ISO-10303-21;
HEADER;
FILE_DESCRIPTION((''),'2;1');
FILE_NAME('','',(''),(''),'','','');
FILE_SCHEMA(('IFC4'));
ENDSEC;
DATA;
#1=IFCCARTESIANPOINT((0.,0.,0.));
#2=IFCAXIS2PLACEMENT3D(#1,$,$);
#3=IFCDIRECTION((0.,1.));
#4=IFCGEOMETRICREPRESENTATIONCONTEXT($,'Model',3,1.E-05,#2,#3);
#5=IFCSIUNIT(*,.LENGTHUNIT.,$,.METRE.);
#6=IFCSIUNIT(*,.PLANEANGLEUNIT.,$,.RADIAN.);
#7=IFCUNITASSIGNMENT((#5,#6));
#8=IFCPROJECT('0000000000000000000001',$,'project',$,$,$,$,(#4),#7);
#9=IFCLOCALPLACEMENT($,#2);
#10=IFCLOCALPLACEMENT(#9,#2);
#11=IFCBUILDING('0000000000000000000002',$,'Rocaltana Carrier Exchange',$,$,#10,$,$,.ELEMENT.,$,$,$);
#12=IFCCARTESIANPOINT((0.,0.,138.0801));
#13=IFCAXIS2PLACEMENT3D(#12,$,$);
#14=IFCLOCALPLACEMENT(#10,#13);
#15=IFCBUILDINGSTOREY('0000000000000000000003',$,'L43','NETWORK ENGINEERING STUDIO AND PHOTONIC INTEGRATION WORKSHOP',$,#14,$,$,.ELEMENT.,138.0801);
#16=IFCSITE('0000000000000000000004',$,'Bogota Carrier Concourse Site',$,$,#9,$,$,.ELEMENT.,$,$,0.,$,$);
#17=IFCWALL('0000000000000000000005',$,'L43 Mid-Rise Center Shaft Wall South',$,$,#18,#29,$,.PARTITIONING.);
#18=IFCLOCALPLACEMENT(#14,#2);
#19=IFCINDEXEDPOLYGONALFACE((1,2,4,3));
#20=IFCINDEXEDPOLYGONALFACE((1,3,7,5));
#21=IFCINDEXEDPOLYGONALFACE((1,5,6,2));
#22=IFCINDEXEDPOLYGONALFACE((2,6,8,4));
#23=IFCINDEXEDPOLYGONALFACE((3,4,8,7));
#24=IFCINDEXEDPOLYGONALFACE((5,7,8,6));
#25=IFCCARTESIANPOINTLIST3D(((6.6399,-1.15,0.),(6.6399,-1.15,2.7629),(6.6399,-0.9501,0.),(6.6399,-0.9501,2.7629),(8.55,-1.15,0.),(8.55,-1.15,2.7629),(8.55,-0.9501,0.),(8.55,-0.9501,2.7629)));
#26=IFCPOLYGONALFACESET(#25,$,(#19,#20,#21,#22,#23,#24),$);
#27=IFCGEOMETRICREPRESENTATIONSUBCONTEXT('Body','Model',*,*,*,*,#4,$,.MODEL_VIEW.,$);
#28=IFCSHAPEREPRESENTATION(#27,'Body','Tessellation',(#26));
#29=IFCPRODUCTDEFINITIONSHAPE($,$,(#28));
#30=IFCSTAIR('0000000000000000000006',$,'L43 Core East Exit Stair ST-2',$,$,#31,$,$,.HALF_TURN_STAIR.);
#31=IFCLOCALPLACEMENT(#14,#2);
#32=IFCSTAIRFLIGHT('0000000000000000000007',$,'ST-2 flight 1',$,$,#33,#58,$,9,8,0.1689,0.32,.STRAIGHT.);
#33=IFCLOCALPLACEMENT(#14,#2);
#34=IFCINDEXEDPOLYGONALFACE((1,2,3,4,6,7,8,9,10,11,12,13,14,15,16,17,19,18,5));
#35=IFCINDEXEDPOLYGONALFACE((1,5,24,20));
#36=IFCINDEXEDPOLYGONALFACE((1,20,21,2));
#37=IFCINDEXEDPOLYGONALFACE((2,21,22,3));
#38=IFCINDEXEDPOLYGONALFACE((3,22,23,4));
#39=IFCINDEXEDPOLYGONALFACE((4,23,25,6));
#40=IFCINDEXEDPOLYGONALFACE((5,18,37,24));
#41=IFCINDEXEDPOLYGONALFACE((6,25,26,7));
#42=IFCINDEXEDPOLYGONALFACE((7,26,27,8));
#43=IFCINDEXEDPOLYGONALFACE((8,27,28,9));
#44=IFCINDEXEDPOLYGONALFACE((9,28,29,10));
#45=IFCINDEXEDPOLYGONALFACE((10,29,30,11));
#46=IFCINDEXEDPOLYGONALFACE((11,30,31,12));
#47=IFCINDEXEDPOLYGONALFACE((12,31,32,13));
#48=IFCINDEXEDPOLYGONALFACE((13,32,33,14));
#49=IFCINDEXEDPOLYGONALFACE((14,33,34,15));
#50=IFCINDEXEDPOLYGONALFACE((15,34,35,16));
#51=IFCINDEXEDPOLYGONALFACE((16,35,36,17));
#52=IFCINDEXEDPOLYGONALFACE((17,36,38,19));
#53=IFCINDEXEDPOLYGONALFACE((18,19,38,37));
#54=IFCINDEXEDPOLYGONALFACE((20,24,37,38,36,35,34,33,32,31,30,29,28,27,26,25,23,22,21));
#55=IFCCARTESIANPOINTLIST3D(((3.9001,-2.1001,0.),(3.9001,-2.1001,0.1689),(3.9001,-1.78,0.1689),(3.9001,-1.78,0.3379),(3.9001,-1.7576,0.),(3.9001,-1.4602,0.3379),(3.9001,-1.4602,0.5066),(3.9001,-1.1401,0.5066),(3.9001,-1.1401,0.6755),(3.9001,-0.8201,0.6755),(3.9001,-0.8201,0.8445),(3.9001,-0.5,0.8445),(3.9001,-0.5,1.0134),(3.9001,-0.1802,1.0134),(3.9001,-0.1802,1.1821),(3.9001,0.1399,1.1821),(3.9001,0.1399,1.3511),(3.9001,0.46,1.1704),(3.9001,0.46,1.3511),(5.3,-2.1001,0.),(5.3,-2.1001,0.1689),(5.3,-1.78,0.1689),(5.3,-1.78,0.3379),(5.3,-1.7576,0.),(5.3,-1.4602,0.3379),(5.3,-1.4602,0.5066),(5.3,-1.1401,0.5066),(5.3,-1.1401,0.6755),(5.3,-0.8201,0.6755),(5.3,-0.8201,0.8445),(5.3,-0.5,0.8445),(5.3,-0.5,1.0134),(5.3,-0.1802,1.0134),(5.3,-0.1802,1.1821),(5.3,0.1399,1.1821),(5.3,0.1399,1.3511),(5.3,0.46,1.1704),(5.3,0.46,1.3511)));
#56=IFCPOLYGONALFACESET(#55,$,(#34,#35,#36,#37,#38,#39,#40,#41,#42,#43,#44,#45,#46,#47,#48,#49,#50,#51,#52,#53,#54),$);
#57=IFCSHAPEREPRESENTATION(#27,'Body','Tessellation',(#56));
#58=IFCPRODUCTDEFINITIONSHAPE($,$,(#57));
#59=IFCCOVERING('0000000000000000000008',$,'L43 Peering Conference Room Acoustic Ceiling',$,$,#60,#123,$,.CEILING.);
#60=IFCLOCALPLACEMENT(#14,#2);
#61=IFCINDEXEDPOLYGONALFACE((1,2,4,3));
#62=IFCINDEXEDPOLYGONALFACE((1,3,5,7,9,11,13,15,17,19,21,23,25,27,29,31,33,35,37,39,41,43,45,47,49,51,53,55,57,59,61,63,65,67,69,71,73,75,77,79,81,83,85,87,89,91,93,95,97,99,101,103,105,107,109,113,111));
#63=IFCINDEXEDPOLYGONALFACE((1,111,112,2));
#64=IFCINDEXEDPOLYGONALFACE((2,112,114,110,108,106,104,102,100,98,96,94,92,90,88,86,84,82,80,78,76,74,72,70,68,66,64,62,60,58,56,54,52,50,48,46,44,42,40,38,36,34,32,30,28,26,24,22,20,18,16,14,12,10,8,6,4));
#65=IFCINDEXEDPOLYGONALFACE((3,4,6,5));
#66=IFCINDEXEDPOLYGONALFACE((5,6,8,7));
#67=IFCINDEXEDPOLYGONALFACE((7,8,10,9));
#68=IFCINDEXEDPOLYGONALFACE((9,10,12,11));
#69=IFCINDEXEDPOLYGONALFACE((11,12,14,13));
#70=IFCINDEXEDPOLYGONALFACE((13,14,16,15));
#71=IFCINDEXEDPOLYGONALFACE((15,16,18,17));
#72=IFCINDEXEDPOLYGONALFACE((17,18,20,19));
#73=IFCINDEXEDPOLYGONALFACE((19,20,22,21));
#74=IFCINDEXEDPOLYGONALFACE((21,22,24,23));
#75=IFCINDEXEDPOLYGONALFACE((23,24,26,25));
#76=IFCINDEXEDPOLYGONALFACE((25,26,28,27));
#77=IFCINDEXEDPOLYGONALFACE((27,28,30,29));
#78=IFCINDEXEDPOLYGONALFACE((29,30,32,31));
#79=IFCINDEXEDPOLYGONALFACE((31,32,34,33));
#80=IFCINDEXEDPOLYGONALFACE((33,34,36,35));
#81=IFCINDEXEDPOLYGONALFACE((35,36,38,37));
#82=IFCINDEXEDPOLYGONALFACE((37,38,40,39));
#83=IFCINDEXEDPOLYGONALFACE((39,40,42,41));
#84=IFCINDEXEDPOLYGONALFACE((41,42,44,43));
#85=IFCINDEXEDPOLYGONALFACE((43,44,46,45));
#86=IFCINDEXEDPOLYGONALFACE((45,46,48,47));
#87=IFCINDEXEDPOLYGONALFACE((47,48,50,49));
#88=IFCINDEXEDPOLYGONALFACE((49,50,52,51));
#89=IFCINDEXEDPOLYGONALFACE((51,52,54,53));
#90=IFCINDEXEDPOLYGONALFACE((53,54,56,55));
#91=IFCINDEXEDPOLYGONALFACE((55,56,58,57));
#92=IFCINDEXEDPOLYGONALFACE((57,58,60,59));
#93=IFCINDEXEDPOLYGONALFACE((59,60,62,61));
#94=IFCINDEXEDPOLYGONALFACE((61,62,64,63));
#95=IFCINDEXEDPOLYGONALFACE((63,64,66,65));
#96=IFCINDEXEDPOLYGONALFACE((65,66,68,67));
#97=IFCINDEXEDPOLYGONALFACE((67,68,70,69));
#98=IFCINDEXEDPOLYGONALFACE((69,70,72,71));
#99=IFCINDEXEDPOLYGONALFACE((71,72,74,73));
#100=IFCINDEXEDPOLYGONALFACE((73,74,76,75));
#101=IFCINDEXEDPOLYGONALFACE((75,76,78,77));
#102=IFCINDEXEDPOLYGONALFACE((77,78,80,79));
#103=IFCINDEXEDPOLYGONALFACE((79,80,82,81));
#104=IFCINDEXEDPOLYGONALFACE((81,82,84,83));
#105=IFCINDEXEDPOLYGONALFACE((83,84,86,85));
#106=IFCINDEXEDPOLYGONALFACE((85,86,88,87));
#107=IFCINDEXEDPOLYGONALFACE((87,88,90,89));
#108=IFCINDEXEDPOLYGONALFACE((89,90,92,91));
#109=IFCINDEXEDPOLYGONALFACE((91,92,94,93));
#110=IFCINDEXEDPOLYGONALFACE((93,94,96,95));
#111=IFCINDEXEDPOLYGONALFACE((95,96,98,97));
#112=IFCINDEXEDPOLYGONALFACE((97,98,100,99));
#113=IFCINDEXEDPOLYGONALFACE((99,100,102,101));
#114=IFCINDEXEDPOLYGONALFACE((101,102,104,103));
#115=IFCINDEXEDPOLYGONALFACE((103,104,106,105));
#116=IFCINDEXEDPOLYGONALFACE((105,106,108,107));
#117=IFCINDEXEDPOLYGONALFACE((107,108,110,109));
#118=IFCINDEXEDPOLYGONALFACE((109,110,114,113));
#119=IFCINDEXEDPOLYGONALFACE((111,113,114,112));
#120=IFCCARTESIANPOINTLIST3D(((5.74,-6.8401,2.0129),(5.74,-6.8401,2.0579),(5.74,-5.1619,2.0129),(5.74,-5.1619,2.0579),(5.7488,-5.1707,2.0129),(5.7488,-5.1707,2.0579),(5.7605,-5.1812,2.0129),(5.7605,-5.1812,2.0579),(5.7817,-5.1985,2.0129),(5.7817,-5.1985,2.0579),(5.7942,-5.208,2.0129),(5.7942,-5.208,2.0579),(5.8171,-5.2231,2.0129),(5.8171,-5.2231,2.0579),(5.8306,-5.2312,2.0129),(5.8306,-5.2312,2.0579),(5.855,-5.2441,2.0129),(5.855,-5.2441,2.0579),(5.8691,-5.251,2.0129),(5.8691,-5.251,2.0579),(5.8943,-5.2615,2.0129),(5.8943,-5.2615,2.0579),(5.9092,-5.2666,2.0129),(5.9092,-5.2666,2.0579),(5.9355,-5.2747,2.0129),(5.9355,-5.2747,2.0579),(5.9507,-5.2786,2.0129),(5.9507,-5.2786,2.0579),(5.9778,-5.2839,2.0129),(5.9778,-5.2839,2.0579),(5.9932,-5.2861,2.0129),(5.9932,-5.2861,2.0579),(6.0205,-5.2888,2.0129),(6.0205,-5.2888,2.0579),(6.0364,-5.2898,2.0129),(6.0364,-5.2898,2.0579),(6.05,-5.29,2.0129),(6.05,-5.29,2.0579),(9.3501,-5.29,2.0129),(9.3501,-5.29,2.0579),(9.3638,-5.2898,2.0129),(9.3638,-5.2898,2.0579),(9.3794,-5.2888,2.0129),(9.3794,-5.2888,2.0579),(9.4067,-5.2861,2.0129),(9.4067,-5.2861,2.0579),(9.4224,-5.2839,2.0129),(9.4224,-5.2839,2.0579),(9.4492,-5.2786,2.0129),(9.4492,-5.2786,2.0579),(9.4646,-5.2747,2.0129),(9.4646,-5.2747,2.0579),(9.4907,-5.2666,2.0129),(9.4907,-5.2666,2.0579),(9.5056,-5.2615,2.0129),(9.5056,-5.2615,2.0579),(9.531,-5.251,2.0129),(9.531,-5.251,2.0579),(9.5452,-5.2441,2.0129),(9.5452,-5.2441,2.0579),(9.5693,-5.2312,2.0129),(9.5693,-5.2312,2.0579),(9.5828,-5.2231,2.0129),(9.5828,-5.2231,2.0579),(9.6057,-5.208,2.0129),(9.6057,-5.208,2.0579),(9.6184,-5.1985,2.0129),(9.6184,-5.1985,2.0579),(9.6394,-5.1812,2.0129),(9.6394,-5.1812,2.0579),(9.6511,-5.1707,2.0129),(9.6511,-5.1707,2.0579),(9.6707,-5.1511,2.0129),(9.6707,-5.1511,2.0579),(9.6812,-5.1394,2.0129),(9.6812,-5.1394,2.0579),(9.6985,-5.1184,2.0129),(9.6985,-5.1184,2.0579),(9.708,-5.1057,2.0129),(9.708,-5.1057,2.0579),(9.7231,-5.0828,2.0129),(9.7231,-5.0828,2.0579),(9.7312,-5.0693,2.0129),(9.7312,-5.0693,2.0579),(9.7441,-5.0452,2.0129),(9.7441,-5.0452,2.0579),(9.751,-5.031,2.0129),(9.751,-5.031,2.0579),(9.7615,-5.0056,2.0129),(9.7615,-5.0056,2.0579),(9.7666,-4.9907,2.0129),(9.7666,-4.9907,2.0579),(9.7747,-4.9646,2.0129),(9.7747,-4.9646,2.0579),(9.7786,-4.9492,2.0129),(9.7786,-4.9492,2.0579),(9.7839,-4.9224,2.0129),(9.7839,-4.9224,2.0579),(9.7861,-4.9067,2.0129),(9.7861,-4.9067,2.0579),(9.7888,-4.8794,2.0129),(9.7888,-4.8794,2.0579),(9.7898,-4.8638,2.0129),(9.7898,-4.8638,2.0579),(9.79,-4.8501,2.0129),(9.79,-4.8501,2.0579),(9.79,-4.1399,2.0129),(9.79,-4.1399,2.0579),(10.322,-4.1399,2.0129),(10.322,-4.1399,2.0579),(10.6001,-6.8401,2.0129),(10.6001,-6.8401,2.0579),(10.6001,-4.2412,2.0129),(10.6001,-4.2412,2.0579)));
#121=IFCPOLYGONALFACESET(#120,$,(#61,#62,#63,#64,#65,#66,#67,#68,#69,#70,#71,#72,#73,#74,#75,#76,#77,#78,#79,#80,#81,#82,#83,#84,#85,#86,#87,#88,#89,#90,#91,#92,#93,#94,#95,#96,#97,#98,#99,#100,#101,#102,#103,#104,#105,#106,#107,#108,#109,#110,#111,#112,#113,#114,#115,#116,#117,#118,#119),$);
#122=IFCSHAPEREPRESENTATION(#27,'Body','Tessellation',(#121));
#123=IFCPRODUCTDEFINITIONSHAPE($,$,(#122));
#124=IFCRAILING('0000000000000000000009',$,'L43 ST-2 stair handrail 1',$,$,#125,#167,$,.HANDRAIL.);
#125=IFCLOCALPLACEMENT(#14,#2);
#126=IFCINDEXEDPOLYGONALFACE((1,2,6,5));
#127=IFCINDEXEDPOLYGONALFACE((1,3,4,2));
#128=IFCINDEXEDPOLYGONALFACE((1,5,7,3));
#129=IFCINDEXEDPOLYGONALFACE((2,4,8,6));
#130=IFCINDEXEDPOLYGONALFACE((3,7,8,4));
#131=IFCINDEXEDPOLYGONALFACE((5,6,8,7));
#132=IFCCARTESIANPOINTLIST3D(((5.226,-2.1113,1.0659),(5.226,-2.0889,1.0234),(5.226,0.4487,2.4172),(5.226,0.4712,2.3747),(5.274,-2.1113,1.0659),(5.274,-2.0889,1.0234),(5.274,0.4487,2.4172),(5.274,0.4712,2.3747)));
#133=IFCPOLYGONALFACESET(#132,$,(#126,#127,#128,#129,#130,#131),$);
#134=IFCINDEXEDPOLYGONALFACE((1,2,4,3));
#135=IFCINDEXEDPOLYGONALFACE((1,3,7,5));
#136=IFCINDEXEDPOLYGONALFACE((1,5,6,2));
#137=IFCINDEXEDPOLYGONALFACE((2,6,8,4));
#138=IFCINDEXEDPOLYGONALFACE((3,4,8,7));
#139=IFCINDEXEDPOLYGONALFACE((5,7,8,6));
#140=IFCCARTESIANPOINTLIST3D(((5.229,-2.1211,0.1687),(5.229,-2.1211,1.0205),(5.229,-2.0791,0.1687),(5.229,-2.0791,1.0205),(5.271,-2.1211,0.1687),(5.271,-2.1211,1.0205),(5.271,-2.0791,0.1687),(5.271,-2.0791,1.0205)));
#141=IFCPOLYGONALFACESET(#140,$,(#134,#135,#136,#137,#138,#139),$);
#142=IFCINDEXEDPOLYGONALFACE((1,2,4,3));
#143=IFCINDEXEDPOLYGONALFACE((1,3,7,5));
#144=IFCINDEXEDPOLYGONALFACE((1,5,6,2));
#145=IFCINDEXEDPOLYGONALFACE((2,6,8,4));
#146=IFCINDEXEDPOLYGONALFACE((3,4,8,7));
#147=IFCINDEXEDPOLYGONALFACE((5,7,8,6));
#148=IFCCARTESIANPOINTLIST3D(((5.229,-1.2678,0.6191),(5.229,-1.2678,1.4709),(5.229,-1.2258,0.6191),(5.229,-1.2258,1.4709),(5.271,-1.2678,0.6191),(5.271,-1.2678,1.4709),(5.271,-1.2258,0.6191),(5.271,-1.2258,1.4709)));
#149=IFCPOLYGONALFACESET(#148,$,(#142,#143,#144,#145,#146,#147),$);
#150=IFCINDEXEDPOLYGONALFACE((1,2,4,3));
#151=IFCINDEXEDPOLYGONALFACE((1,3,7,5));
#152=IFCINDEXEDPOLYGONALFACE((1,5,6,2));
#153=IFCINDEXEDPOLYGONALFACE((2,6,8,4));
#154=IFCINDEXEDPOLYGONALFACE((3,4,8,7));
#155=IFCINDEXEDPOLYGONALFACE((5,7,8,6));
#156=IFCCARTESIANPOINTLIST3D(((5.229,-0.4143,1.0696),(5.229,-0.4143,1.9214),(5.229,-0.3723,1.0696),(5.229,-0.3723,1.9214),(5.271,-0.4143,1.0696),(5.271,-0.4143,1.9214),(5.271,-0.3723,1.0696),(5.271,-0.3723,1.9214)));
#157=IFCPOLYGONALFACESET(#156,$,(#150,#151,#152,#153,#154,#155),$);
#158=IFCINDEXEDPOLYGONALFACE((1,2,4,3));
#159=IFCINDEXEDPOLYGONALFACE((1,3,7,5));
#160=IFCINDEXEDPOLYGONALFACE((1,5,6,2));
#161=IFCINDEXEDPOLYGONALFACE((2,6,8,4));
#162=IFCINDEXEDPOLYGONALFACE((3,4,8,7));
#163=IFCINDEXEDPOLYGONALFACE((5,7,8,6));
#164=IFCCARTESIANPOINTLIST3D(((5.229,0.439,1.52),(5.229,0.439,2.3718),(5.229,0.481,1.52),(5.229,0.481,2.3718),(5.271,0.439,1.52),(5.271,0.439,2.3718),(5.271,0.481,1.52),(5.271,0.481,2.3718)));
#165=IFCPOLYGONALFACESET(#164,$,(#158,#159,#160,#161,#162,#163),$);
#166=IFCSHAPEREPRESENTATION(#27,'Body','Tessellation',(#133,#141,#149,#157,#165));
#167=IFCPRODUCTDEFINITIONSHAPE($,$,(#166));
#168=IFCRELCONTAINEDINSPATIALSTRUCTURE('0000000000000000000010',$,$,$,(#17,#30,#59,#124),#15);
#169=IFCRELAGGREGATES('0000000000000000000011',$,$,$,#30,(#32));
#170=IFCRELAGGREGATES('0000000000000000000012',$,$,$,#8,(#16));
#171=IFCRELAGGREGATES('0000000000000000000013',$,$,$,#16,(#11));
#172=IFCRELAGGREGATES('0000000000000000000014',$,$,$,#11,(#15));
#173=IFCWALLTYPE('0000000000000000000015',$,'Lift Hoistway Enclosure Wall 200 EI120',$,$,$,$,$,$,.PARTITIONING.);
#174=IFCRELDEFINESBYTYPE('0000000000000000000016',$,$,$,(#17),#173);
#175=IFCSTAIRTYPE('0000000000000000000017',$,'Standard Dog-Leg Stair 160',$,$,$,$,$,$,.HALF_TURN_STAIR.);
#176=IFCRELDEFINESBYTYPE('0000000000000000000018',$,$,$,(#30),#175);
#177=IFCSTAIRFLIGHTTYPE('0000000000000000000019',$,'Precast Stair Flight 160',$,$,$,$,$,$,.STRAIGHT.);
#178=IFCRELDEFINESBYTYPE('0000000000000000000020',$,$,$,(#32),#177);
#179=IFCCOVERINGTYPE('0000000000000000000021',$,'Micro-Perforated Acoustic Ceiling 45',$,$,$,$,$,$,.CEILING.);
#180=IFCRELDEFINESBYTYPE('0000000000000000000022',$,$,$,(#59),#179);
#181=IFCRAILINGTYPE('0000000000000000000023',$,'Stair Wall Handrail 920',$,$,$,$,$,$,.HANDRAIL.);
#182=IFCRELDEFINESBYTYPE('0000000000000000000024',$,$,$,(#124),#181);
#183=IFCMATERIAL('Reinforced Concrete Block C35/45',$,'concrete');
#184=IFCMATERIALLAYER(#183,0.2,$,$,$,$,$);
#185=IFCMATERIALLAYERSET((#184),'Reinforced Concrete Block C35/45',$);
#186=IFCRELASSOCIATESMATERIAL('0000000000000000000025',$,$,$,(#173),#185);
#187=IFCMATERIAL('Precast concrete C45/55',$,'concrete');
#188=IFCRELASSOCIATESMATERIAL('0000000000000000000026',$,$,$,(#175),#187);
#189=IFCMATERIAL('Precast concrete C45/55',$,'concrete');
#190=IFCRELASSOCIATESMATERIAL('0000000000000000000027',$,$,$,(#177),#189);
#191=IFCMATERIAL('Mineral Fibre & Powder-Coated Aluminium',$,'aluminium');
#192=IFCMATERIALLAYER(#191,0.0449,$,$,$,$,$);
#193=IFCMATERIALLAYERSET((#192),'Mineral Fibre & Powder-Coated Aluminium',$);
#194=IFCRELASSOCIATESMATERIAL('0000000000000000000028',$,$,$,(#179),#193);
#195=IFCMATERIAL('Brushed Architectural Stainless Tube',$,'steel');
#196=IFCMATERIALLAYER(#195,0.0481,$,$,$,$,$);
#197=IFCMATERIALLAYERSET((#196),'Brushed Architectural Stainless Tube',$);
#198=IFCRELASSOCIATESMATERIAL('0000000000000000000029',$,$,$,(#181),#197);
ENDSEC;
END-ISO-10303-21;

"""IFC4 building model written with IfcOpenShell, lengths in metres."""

from ifc_helpers import new_model, si_unit, direction, frame, frame_2d, origin, origin_2d, place, context, subcontext, project, spatial, polyline, rectangle, outline, extrude, material, layer, layer_set, type_object, element, aggregate, save


model = new_model("IFC4")

# Units and contexts
model_context = context("Model", 3, precision=1e-05, world=origin(), true_north=direction((0.0, 1.0)))
body_context = subcontext(model_context, "Body", "Model", "MODEL_VIEW")
ifc_project = project(units=[si_unit("LENGTHUNIT", "METRE"), si_unit("PLANEANGLEUNIT", "RADIAN")], contexts=[model_context])

# Site, building, storey
site_placement = place(None, origin())
site = spatial("IfcSite", under=ifc_project, at=site_placement, Name="Bogota Carrier Concourse Site", CompositionType="ELEMENT", RefElevation=0.0)
building_placement = place(site_placement, origin())
building = spatial("IfcBuilding", under=site, at=building_placement, Name="Rocaltana Carrier Exchange", CompositionType="ELEMENT")
storey_placement = place(building_placement, frame((0.0, 0.0, 138.0801)))
storey = spatial("IfcBuildingStorey", under=building, at=storey_placement, Name="L43", Description="NETWORK ENGINEERING STUDIO AND PHOTONIC INTEGRATION WORKSHOP", CompositionType="ELEMENT", Elevation=138.0801)

# Wall
ifc_material_1 = material(Name="Reinforced Concrete Block C35/45", Category="concrete")
ifc_layer_1 = layer(ifc_material_1, 0.2)
ifc_layer_set_1 = layer_set([ifc_layer_1], Name="Reinforced Concrete Block C35/45")
wall_type_1 = type_object("IfcWallType", Name="Lift Hoistway Enclosure Wall 200 EI120", PredefinedType="PARTITIONING", material=ifc_layer_set_1)
wall_1_placement = place(storey_placement, frame((6.6399, -1.05, 0.0), z_axis=(0.0, 0.0, 1.0), x_axis=(1.0, 0.0, 0.0)))
element("IfcWall", 1, at=wall_1_placement, inside=storey, type_object=wall_type_1, Name="L43 Mid-Rise Center Shaft Wall South", PredefinedType="PARTITIONING", context=body_context, shape_type="SweptSolid", body=[
    extrude(rectangle(XDim=1.9102, YDim=0.2, at=frame_2d((0.9551, 0.0))), origin(), (0.0, 0.0, 1.0), 2.7629),
])

# Stair, stair flight
ifc_material_2 = material(Name="Precast concrete C45/55", Category="concrete")
stair_type = type_object("IfcStairType", Name="Standard Dog-Leg Stair 160", PredefinedType="HALF_TURN_STAIR", material=ifc_material_2)
stair_placement = place(storey_placement, origin())
stair = element("IfcStair", 2, at=stair_placement, inside=storey, type_object=stair_type, Name="L43 Core East Exit Stair ST-2", PredefinedType="HALF_TURN_STAIR")
ifc_material_3 = material(Name="Precast concrete C45/55", Category="concrete")
stair_flight_type = type_object("IfcStairFlightType", Name="Precast Stair Flight 160", PredefinedType="STRAIGHT", material=ifc_material_3)
stair_flight_placement = place(storey_placement, frame((4.6001, -2.1001, 0.0), z_axis=(0.0, 0.0, 1.0), x_axis=(0.0, 1.0, 0.0)))
stair_flight = element("IfcStairFlight", 3, at=stair_flight_placement, type_object=stair_flight_type, Name="ST-2 flight 1", NumberOfRisers=9, NumberOfTreads=8, PredefinedType="STRAIGHT", RiserHeight=0.1689, TreadLength=0.32, context=body_context, shape_type="SweptSolid", body=[
    extrude(outline(polyline([(0.0, 0.0), (0.0, 0.1689), (0.3201, 0.1689), (0.3201, 0.3379), (0.6399, 0.3379), (0.6399, 0.5066), (0.96, 0.5066), (0.96, 0.6755), (1.28, 0.6755), (1.28, 0.8445), (1.6001, 0.8445), (1.6001, 1.0134), (1.9199, 1.0134), (1.9199, 1.1821), (2.24, 1.1821), (2.24, 1.3511), (2.5601, 1.3511), (2.5601, 1.52), (2.5601, 1.1704), (0.3425, 0.0), (0.0, 0.0)])), frame((0.0, 0.7, 0.0), z_axis=(0.0, -1.0, 0.0), x_axis=(1.0, 0.0, 0.0)), (0.0, 0.0, 1.0), 1.3999),
])
aggregate(stair, [stair_flight])

# Covering
ifc_material_4 = material(Name="Mineral Fibre & Powder-Coated Aluminium", Category="aluminium")
ifc_layer_2 = layer(ifc_material_4, 0.0449)
ifc_layer_set_2 = layer_set([ifc_layer_2], Name="Mineral Fibre & Powder-Coated Aluminium")
covering_type = type_object("IfcCoveringType", Name="Micro-Perforated Acoustic Ceiling 45", PredefinedType="CEILING", material=ifc_layer_set_2)
covering_placement = place(storey_placement, frame((0.0, 0.0, 2.0129)))
element("IfcCovering", 4, at=covering_placement, inside=storey, type_object=covering_type, Name="L43 Peering Conference Room Acoustic Ceiling", PredefinedType="CEILING", context=body_context, shape_type="SweptSolid", body=[
    extrude(outline(polyline([(5.74, -6.8401), (5.74, -5.1619), (5.7488, -5.1707), (5.7605, -5.1812), (5.7817, -5.1985), (5.7942, -5.208), (5.8171, -5.2231), (5.8306, -5.2312), (5.855, -5.2441), (5.8691, -5.251), (5.8943, -5.2615), (5.9092, -5.2666), (5.9355, -5.2747), (5.9507, -5.2786), (5.9778, -5.2839), (5.9932, -5.2861), (6.0205, -5.2888), (6.0364, -5.2898), (6.05, -5.29), (9.3501, -5.29), (9.3638, -5.2898), (9.3794, -5.2888), (9.4067, -5.2861), (9.4224, -5.2839), (9.4492, -5.2786), (9.4646, -5.2747), (9.4907, -5.2666), (9.5056, -5.2615), (9.531, -5.251), (9.5452, -5.2441), (9.5693, -5.2312), (9.5828, -5.2231), (9.6057, -5.208), (9.6184, -5.1985), (9.6394, -5.1812), (9.6511, -5.1707), (9.6707, -5.1511), (9.6812, -5.1394), (9.6985, -5.1184), (9.708, -5.1057), (9.7231, -5.0828), (9.7312, -5.0693), (9.7441, -5.0452), (9.751, -5.031), (9.7615, -5.0056), (9.7666, -4.9907), (9.7747, -4.9646), (9.7786, -4.9492), (9.7839, -4.9224), (9.7861, -4.9067), (9.7888, -4.8794), (9.7898, -4.8638), (9.79, -4.8501), (9.79, -4.1399), (10.322, -4.1399), (10.6001, -4.2412), (10.6001, -6.8401), (5.74, -6.8401)])), origin(), (0.0, 0.0, 1.0), 0.0449),
])

# Railing
ifc_material_5 = material(Name="Brushed Architectural Stainless Tube", Category="steel")
ifc_layer_3 = layer(ifc_material_5, 0.0481)
ifc_layer_set_3 = layer_set([ifc_layer_3], Name="Brushed Architectural Stainless Tube")
railing_type_1 = type_object("IfcRailingType", Name="Stair Wall Handrail 920", PredefinedType="HANDRAIL", material=ifc_layer_set_3)
railing_1_placement = place(storey_placement, frame((5.25, -2.1001, 0.1687)))
element("IfcRailing", 5, at=railing_1_placement, inside=storey, type_object=railing_type_1, Name="L43 ST-2 stair handrail 1", PredefinedType="HANDRAIL", context=body_context, shape_type="SweptSolid", body=[
    extrude(rectangle(XDim=0.0481, YDim=0.0481, at=origin_2d()), frame((0.0, 0.0, 0.876), z_axis=(0.0, 0.88436, 0.466806), x_axis=(-1.0, 0.0, 0.0)), (0.0, 0.0, 1.0), 2.8948),
    extrude(rectangle(XDim=0.042, YDim=0.042, at=origin_2d()), origin(), (0.0, 0.0, 1.0), 0.8518),
    extrude(rectangle(XDim=0.042, YDim=0.042, at=origin_2d()), frame((0.0, 0.8533, 0.4504)), (0.0, 0.0, 1.0), 0.8518),
    extrude(rectangle(XDim=0.042, YDim=0.042, at=origin_2d()), frame((0.0, 1.7068, 0.9009)), (0.0, 0.0, 1.0), 0.8518),
    extrude(rectangle(XDim=0.042, YDim=0.042, at=origin_2d()), frame((0.0, 2.5601, 1.3513)), (0.0, 0.0, 1.0), 0.8518),
])

save(model, "model.ifc")
